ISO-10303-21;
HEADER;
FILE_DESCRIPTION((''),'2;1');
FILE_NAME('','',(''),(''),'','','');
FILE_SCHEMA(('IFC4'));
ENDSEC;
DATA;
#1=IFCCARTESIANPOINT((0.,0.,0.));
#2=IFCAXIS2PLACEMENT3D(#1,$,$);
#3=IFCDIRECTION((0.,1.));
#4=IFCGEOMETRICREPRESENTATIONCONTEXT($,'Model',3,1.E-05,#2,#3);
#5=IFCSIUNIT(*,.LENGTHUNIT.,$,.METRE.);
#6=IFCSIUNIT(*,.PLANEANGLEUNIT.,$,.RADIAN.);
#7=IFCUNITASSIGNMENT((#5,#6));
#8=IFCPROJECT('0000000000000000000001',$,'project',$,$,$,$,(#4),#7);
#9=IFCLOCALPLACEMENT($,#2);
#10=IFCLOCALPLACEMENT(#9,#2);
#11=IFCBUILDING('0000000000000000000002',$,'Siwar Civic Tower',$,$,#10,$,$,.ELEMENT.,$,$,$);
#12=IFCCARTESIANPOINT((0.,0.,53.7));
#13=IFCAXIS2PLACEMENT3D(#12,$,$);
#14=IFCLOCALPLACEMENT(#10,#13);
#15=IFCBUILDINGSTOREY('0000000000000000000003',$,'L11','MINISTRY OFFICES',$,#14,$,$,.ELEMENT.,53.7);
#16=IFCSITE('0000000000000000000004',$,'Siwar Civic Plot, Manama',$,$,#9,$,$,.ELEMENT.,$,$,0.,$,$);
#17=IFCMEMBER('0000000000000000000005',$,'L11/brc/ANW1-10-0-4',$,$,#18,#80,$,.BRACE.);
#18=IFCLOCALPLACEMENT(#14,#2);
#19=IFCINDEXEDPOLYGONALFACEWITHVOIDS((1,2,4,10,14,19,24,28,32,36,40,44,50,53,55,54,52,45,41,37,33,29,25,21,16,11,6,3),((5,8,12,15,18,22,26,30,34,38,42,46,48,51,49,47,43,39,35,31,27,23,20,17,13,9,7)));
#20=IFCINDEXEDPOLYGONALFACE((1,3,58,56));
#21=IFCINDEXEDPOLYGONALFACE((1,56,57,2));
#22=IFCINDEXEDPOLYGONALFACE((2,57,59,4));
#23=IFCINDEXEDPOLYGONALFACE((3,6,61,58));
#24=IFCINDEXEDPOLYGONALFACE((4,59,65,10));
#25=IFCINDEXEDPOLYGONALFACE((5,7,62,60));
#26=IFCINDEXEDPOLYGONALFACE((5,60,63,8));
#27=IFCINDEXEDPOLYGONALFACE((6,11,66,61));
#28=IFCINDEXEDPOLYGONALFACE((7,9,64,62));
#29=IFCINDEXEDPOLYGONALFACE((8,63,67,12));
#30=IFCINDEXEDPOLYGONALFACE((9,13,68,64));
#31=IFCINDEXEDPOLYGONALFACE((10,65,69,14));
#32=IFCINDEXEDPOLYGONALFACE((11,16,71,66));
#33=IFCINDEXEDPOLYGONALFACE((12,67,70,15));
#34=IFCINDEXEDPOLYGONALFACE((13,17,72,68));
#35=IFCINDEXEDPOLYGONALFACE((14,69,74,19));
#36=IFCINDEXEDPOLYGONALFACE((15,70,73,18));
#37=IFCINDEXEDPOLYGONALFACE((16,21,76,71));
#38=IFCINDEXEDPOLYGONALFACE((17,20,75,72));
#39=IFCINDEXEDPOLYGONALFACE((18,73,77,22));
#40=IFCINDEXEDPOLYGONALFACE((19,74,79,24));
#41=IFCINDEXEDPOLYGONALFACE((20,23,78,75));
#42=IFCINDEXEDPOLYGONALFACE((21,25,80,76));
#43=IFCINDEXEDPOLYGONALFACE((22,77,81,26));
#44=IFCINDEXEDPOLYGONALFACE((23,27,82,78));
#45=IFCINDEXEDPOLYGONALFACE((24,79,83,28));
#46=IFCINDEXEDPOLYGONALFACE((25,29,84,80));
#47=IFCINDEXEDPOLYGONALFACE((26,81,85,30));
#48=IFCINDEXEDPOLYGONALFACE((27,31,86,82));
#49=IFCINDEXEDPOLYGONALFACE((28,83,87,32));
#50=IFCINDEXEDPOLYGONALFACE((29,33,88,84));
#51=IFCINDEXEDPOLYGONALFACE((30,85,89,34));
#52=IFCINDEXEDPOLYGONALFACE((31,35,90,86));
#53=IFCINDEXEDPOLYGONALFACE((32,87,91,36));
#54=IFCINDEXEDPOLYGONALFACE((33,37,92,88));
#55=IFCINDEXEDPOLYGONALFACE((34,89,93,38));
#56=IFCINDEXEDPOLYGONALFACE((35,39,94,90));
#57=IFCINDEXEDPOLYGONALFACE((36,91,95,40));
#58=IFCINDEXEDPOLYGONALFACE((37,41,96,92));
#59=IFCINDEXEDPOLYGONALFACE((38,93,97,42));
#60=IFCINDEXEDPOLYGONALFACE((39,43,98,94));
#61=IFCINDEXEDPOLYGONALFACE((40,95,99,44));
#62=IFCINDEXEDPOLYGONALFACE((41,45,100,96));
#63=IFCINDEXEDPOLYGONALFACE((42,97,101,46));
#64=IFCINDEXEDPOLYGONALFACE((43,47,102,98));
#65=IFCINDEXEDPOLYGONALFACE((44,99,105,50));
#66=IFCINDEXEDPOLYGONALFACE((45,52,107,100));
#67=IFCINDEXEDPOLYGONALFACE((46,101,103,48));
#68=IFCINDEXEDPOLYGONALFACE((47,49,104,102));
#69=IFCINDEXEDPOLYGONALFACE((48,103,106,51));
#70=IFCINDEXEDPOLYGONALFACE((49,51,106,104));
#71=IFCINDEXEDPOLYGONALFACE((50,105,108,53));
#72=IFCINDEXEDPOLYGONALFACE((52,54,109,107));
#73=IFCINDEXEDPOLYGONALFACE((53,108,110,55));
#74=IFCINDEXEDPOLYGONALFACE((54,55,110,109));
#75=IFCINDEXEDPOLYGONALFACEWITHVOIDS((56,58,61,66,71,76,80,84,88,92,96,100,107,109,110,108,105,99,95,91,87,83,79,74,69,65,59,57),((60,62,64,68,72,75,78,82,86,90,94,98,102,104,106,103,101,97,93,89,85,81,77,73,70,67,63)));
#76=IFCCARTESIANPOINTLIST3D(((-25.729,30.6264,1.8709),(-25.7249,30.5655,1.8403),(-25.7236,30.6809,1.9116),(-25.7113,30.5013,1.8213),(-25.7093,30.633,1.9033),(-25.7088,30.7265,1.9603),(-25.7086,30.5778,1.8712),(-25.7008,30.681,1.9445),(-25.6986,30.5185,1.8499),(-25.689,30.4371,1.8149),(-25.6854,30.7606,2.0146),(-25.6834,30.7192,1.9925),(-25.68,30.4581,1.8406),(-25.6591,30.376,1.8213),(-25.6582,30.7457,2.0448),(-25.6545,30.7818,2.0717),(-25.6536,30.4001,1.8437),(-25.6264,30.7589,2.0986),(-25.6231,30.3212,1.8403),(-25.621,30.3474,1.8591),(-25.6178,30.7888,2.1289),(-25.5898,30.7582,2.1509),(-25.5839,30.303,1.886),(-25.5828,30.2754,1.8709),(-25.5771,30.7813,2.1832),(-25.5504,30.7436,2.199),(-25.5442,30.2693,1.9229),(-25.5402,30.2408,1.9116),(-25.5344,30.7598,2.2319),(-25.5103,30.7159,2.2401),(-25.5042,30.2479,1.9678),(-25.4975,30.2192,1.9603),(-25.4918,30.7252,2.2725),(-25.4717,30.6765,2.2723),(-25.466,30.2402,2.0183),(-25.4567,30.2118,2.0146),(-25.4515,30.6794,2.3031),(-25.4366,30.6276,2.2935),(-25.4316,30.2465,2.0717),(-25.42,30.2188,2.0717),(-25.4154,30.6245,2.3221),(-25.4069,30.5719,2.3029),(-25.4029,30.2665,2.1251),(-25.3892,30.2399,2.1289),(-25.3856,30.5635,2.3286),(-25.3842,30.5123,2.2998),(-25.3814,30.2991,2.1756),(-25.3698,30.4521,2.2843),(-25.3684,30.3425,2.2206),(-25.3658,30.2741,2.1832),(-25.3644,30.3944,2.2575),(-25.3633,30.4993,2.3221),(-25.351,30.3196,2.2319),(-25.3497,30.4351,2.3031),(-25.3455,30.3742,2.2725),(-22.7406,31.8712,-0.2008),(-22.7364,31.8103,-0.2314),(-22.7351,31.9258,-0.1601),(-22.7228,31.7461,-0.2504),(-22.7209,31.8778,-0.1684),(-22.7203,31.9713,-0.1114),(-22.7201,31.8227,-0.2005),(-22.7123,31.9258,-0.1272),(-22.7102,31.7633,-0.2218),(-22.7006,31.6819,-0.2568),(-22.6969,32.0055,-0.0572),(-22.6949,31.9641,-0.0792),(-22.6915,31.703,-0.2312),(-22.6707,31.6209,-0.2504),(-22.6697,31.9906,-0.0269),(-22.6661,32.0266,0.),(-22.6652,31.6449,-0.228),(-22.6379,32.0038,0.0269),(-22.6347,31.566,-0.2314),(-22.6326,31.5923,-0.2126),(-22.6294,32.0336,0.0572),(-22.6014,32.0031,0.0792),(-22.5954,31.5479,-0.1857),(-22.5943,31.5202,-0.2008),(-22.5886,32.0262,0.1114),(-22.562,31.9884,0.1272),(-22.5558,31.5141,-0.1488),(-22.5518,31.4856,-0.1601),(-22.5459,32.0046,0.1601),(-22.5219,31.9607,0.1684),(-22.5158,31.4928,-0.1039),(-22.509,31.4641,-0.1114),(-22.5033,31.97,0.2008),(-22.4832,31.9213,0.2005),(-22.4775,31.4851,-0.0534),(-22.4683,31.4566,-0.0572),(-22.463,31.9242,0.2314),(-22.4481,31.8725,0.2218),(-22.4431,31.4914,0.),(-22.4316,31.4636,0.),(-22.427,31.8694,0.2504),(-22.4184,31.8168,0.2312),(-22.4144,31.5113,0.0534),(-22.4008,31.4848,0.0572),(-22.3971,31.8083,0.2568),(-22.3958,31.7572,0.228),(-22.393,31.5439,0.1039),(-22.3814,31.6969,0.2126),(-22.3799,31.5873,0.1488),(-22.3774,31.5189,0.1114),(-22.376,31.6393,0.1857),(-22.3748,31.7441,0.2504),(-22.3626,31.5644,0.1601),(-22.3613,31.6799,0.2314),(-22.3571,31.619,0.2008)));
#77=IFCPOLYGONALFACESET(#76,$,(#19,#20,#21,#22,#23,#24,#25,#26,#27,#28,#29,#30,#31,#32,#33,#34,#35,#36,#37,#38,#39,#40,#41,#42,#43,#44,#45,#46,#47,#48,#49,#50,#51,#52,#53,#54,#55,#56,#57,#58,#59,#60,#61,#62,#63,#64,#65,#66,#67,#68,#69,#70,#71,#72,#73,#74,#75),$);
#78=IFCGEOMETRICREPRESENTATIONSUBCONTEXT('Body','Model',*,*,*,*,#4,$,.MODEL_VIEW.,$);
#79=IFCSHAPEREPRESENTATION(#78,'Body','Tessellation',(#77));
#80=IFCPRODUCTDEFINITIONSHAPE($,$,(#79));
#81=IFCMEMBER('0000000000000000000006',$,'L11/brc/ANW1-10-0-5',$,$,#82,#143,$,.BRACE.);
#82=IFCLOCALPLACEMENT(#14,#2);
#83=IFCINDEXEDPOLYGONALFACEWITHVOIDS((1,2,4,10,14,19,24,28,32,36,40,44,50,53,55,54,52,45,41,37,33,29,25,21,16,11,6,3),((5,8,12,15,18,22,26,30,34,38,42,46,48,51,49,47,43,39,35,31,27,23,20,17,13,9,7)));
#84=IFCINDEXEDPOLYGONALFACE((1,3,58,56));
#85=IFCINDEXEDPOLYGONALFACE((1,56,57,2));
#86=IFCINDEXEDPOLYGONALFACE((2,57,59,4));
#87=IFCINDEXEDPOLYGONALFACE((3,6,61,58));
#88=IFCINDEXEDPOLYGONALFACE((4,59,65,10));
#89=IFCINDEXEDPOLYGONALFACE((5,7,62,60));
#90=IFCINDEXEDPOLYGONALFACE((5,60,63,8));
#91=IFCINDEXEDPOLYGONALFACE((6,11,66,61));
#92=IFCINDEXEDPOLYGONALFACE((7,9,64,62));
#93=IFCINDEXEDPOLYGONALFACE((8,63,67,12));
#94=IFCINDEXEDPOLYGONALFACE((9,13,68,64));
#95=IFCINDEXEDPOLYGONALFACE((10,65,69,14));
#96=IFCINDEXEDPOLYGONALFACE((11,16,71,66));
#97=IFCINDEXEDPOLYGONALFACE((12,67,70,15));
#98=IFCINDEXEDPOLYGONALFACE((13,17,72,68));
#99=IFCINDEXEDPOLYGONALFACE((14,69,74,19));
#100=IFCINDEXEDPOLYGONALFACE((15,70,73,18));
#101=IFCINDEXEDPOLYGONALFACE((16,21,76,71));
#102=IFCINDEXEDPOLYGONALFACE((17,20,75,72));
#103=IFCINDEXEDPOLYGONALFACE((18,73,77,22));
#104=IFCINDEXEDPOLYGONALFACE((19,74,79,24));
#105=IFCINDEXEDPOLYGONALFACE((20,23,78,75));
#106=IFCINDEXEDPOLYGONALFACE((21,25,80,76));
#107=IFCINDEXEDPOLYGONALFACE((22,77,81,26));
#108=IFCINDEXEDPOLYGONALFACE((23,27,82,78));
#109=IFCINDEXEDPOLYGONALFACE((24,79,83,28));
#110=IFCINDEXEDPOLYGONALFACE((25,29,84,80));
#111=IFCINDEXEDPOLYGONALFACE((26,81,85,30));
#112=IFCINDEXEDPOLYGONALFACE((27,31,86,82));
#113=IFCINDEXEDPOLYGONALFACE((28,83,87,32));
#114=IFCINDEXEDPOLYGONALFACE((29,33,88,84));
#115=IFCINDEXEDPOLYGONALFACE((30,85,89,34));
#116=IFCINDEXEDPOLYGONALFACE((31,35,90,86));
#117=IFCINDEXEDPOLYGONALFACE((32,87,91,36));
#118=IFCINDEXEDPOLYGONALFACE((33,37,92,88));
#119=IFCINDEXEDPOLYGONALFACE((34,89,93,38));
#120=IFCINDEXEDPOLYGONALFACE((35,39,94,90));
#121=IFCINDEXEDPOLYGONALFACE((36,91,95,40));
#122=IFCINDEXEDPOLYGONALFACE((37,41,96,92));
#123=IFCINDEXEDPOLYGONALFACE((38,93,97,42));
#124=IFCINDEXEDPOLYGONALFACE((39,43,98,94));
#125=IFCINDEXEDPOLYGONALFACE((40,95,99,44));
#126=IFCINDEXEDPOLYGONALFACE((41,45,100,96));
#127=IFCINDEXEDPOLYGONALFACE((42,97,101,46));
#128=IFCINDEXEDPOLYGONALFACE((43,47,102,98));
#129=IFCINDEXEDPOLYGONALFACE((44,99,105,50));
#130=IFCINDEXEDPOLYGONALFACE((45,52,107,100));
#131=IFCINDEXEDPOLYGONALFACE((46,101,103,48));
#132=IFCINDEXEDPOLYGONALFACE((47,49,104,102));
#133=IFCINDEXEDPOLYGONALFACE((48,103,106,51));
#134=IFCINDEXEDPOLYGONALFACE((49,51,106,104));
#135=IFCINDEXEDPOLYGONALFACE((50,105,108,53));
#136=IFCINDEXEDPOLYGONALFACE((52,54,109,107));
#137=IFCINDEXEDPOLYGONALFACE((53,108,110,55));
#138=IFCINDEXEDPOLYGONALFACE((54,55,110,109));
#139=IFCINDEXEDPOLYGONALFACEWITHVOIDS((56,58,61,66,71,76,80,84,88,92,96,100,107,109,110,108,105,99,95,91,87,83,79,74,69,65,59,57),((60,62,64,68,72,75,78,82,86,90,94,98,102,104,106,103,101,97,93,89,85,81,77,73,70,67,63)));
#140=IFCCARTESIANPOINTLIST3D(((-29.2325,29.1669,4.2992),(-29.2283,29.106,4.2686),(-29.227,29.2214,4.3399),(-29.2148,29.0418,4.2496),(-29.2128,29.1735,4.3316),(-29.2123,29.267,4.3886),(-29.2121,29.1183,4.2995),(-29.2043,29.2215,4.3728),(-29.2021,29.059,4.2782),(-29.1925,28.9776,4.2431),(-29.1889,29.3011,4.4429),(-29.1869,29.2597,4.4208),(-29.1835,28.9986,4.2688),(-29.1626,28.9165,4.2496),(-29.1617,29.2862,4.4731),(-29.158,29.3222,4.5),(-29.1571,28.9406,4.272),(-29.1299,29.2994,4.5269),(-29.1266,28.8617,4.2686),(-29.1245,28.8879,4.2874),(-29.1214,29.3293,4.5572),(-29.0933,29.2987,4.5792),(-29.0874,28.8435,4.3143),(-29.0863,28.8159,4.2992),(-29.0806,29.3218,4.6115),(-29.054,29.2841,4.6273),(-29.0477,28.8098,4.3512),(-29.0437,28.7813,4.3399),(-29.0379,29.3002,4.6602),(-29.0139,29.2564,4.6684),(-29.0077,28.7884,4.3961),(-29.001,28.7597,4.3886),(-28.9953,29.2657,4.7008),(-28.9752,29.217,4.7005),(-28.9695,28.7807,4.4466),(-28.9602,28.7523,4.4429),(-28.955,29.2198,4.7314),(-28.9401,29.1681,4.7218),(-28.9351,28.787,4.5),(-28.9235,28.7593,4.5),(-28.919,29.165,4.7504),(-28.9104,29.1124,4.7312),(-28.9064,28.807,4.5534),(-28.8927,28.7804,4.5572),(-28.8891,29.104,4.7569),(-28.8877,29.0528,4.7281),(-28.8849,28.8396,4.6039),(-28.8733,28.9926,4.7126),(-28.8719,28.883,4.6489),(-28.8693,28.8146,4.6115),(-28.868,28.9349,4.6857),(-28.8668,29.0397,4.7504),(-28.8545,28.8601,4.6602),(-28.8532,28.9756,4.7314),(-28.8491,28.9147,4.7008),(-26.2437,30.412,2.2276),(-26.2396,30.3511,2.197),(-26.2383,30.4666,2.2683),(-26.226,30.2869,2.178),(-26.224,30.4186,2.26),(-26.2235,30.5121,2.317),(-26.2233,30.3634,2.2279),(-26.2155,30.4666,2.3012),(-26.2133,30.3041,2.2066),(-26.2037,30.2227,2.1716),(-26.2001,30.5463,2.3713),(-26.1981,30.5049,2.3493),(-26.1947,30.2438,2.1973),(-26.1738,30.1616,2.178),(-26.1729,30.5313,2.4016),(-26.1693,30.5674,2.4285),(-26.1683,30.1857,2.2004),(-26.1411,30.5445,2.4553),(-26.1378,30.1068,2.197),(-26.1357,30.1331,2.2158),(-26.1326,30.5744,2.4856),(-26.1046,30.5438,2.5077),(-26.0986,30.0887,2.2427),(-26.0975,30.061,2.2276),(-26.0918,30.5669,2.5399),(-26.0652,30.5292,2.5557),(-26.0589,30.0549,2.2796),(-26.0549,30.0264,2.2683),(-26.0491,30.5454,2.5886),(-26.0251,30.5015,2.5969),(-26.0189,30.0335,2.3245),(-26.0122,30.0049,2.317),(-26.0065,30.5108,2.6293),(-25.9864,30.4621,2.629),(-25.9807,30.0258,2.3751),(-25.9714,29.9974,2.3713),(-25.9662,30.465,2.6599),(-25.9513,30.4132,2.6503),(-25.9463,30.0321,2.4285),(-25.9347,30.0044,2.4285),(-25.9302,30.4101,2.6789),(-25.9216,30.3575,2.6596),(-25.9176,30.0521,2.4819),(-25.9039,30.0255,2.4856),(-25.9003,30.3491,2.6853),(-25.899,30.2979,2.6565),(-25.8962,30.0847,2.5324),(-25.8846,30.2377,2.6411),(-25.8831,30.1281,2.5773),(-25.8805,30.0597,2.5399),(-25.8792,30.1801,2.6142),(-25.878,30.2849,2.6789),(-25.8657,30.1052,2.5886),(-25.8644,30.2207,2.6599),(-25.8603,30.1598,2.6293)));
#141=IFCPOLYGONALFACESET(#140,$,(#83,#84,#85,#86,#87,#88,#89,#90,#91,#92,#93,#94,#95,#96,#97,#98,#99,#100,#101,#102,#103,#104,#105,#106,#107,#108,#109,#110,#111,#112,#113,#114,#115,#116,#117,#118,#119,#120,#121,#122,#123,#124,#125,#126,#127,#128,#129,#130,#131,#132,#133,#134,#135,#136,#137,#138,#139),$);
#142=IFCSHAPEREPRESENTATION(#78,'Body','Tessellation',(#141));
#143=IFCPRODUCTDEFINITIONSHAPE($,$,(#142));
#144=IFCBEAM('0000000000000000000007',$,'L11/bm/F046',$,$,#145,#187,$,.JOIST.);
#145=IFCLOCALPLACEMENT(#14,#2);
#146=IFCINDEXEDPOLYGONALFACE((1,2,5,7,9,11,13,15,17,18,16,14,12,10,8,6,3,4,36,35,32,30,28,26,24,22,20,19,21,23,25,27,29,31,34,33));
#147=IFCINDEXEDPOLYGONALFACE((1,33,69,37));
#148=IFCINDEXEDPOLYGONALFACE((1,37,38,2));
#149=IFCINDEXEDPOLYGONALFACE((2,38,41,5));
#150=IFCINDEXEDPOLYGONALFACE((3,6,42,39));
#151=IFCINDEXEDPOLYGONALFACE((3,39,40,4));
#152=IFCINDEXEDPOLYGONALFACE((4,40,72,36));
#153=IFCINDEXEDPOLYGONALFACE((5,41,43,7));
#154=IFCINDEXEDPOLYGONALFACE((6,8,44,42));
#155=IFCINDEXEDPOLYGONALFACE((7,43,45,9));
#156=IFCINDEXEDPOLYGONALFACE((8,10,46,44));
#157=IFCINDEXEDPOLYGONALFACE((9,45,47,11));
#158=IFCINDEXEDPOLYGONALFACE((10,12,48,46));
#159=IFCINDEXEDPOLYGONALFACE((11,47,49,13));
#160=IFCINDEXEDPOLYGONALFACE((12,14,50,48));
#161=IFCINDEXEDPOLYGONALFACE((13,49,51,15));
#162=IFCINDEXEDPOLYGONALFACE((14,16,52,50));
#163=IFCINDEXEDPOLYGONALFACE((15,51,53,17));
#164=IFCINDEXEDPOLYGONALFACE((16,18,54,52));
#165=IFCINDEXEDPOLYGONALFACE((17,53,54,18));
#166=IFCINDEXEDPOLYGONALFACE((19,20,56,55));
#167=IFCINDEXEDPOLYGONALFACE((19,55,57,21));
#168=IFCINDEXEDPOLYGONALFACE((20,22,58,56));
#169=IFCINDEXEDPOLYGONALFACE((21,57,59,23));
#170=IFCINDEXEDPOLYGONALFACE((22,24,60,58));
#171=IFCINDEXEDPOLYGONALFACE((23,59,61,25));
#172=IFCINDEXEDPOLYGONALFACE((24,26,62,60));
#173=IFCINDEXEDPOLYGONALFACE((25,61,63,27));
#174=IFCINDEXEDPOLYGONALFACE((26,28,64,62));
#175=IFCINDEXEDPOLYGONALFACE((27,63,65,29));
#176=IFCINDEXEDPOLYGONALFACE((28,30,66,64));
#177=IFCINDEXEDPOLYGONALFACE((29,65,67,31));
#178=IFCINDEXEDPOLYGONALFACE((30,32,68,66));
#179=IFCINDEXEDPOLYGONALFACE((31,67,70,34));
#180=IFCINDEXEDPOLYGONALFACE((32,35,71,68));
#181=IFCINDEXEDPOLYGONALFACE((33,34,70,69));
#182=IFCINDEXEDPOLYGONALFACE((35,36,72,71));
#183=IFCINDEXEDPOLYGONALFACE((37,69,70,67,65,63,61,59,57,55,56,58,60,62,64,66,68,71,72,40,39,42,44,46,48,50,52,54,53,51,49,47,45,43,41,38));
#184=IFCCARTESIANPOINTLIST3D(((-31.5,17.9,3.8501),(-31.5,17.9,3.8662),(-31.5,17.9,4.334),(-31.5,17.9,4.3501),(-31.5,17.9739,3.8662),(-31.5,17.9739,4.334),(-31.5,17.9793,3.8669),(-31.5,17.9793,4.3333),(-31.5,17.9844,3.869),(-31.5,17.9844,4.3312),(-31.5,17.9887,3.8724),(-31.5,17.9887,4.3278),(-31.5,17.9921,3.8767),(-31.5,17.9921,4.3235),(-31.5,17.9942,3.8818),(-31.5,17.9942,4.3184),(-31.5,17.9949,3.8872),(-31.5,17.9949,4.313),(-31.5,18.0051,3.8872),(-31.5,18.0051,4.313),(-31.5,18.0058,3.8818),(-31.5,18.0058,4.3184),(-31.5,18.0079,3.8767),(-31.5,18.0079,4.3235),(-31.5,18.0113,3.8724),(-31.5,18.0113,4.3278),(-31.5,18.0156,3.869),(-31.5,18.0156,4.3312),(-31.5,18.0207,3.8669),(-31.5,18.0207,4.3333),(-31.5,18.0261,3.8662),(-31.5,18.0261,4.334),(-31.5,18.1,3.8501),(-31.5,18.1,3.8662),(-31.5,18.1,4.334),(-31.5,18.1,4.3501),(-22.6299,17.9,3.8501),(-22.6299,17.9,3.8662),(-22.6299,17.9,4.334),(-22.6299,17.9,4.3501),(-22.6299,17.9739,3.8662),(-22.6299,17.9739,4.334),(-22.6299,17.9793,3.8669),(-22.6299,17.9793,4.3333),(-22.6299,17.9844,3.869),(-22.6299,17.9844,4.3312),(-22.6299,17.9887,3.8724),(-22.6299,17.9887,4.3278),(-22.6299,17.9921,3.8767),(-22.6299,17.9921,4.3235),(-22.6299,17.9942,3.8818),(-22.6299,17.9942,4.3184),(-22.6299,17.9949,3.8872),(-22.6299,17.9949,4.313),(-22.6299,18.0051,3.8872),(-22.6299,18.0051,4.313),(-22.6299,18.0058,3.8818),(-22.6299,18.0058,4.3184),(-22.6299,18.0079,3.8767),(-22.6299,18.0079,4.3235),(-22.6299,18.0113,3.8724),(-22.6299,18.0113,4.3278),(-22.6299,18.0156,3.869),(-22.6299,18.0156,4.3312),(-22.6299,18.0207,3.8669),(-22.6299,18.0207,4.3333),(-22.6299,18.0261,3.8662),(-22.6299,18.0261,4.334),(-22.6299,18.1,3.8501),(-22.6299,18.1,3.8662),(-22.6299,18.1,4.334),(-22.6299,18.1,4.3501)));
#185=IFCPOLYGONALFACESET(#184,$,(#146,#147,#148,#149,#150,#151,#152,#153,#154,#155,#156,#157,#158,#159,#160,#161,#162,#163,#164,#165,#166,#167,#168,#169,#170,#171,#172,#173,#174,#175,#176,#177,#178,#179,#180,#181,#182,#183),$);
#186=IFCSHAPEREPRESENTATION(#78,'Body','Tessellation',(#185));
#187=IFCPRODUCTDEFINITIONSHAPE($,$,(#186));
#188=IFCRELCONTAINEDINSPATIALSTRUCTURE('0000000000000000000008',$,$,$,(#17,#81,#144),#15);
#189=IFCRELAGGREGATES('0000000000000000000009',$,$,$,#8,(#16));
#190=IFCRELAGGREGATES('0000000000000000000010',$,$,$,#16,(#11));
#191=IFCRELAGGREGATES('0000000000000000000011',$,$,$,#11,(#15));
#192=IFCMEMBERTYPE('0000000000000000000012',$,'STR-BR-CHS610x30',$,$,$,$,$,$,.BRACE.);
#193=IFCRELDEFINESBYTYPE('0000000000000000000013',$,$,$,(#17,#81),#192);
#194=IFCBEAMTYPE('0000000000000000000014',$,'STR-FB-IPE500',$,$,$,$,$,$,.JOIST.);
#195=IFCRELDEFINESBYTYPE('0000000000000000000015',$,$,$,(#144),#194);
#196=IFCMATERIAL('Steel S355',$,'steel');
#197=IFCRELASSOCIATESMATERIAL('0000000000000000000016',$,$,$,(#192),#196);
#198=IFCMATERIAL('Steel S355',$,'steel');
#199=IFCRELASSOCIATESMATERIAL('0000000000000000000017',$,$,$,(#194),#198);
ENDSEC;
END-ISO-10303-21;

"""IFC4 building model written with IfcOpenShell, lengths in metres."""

from ifc_helpers import new_model, si_unit, direction, frame, origin, origin_2d, place, context, subcontext, project, spatial, hollow_circle, i_section, extrude, material, material_profile, profile_set, type_object, element, save


model = new_model("IFC4")

# Units and contexts
model_context = context("Model", 3, precision=1e-05, world=origin(), true_north=direction((0.0, 1.0)))
body_context = subcontext(model_context, "Body", "Model", "MODEL_VIEW")
ifc_project = project(units=[si_unit("LENGTHUNIT", "METRE"), si_unit("PLANEANGLEUNIT", "RADIAN")], contexts=[model_context])

# Site, building, storey
site_placement = place(None, origin())
site = spatial("IfcSite", under=ifc_project, at=site_placement, Name="Siwar Civic Plot, Manama", CompositionType="ELEMENT", RefElevation=0.0)
building_placement = place(site_placement, origin())
building = spatial("IfcBuilding", under=site, at=building_placement, Name="Siwar Civic Tower", CompositionType="ELEMENT")
storey_placement = place(building_placement, frame((0.0, 0.0, 53.7)))
storey = spatial("IfcBuildingStorey", under=building, at=storey_placement, Name="L11", Description="MINISTRY OFFICES", CompositionType="ELEMENT", Elevation=53.7)

# Members
ifc_material_1 = material(Name="Steel S355", Category="steel")
ifc_material_profile_1 = material_profile(ifc_material_1, hollow_circle(Radius=0.3049, WallThickness=0.03, at=origin_2d()), Name="CHS610x30")
ifc_profile_set_1 = profile_set([ifc_material_profile_1], Name="Steel S355")
member_type_1 = type_object("IfcMemberType", Name="STR-BR-CHS610x30", PredefinedType="BRACE", material=ifc_profile_set_1)
member_1_placement = place(storey_placement, frame((-22.5488, 31.7451, 0.0), z_axis=(-0.777533, -0.323882, 0.53902), x_axis=(0.384524, -0.923115, 0.0)))
element("IfcMember", 1, at=member_1_placement, inside=storey, type_object=member_type_1, Name="L11/brc/ANW1-10-0-4", PredefinedType="BRACE", context=body_context, shape_type="SweptSolid", body=[
    extrude(hollow_circle(Radius=0.3049, WallThickness=0.03, at=origin_2d()), origin(), (0.0, 0.0, 1.0), 3.8435),
])
member_2_placement = place(storey_placement, frame((-26.052, 30.2859, 2.4285), z_axis=(-0.777569, -0.323934, 0.538937), x_axis=(0.384562, -0.923099, 0.0)))
element("IfcMember", 2, at=member_2_placement, inside=storey, type_object=member_type_1, Name="L11/brc/ANW1-10-0-5", PredefinedType="BRACE", context=body_context, shape_type="SweptSolid", body=[
    extrude(hollow_circle(Radius=0.3049, WallThickness=0.03, at=origin_2d()), origin(), (0.0, 0.0, 1.0), 3.8438),
])

# Beam
ifc_material_2 = material(Name="Steel S355", Category="steel")
ifc_material_profile_2 = material_profile(ifc_material_2, i_section(OverallWidth=0.2, OverallDepth=0.5, WebThickness=0.0103, FlangeThickness=0.0161, FilletRadius=0.021, at=origin_2d()), Name="IPE500")
ifc_profile_set_2 = profile_set([ifc_material_profile_2], Name="Steel S355")
beam_type_1 = type_object("IfcBeamType", Name="STR-FB-IPE500", PredefinedType="JOIST", material=ifc_profile_set_2)
beam_1_placement = place(storey_placement, frame((-31.5, 18.0, 4.1001), z_axis=(1.0, 0.0, 0.0), x_axis=(0.0, 1.0, 0.0)))
element("IfcBeam", 3, at=beam_1_placement, inside=storey, type_object=beam_type_1, Name="L11/bm/F046", PredefinedType="JOIST", context=body_context, shape_type="SweptSolid", body=[
    extrude(i_section(OverallWidth=0.2, OverallDepth=0.5, WebThickness=0.0103, FlangeThickness=0.0161, FilletRadius=0.021, at=origin_2d()), origin(), (0.0, 0.0, 1.0), 8.8701),
])

save(model, "model.ifc")
